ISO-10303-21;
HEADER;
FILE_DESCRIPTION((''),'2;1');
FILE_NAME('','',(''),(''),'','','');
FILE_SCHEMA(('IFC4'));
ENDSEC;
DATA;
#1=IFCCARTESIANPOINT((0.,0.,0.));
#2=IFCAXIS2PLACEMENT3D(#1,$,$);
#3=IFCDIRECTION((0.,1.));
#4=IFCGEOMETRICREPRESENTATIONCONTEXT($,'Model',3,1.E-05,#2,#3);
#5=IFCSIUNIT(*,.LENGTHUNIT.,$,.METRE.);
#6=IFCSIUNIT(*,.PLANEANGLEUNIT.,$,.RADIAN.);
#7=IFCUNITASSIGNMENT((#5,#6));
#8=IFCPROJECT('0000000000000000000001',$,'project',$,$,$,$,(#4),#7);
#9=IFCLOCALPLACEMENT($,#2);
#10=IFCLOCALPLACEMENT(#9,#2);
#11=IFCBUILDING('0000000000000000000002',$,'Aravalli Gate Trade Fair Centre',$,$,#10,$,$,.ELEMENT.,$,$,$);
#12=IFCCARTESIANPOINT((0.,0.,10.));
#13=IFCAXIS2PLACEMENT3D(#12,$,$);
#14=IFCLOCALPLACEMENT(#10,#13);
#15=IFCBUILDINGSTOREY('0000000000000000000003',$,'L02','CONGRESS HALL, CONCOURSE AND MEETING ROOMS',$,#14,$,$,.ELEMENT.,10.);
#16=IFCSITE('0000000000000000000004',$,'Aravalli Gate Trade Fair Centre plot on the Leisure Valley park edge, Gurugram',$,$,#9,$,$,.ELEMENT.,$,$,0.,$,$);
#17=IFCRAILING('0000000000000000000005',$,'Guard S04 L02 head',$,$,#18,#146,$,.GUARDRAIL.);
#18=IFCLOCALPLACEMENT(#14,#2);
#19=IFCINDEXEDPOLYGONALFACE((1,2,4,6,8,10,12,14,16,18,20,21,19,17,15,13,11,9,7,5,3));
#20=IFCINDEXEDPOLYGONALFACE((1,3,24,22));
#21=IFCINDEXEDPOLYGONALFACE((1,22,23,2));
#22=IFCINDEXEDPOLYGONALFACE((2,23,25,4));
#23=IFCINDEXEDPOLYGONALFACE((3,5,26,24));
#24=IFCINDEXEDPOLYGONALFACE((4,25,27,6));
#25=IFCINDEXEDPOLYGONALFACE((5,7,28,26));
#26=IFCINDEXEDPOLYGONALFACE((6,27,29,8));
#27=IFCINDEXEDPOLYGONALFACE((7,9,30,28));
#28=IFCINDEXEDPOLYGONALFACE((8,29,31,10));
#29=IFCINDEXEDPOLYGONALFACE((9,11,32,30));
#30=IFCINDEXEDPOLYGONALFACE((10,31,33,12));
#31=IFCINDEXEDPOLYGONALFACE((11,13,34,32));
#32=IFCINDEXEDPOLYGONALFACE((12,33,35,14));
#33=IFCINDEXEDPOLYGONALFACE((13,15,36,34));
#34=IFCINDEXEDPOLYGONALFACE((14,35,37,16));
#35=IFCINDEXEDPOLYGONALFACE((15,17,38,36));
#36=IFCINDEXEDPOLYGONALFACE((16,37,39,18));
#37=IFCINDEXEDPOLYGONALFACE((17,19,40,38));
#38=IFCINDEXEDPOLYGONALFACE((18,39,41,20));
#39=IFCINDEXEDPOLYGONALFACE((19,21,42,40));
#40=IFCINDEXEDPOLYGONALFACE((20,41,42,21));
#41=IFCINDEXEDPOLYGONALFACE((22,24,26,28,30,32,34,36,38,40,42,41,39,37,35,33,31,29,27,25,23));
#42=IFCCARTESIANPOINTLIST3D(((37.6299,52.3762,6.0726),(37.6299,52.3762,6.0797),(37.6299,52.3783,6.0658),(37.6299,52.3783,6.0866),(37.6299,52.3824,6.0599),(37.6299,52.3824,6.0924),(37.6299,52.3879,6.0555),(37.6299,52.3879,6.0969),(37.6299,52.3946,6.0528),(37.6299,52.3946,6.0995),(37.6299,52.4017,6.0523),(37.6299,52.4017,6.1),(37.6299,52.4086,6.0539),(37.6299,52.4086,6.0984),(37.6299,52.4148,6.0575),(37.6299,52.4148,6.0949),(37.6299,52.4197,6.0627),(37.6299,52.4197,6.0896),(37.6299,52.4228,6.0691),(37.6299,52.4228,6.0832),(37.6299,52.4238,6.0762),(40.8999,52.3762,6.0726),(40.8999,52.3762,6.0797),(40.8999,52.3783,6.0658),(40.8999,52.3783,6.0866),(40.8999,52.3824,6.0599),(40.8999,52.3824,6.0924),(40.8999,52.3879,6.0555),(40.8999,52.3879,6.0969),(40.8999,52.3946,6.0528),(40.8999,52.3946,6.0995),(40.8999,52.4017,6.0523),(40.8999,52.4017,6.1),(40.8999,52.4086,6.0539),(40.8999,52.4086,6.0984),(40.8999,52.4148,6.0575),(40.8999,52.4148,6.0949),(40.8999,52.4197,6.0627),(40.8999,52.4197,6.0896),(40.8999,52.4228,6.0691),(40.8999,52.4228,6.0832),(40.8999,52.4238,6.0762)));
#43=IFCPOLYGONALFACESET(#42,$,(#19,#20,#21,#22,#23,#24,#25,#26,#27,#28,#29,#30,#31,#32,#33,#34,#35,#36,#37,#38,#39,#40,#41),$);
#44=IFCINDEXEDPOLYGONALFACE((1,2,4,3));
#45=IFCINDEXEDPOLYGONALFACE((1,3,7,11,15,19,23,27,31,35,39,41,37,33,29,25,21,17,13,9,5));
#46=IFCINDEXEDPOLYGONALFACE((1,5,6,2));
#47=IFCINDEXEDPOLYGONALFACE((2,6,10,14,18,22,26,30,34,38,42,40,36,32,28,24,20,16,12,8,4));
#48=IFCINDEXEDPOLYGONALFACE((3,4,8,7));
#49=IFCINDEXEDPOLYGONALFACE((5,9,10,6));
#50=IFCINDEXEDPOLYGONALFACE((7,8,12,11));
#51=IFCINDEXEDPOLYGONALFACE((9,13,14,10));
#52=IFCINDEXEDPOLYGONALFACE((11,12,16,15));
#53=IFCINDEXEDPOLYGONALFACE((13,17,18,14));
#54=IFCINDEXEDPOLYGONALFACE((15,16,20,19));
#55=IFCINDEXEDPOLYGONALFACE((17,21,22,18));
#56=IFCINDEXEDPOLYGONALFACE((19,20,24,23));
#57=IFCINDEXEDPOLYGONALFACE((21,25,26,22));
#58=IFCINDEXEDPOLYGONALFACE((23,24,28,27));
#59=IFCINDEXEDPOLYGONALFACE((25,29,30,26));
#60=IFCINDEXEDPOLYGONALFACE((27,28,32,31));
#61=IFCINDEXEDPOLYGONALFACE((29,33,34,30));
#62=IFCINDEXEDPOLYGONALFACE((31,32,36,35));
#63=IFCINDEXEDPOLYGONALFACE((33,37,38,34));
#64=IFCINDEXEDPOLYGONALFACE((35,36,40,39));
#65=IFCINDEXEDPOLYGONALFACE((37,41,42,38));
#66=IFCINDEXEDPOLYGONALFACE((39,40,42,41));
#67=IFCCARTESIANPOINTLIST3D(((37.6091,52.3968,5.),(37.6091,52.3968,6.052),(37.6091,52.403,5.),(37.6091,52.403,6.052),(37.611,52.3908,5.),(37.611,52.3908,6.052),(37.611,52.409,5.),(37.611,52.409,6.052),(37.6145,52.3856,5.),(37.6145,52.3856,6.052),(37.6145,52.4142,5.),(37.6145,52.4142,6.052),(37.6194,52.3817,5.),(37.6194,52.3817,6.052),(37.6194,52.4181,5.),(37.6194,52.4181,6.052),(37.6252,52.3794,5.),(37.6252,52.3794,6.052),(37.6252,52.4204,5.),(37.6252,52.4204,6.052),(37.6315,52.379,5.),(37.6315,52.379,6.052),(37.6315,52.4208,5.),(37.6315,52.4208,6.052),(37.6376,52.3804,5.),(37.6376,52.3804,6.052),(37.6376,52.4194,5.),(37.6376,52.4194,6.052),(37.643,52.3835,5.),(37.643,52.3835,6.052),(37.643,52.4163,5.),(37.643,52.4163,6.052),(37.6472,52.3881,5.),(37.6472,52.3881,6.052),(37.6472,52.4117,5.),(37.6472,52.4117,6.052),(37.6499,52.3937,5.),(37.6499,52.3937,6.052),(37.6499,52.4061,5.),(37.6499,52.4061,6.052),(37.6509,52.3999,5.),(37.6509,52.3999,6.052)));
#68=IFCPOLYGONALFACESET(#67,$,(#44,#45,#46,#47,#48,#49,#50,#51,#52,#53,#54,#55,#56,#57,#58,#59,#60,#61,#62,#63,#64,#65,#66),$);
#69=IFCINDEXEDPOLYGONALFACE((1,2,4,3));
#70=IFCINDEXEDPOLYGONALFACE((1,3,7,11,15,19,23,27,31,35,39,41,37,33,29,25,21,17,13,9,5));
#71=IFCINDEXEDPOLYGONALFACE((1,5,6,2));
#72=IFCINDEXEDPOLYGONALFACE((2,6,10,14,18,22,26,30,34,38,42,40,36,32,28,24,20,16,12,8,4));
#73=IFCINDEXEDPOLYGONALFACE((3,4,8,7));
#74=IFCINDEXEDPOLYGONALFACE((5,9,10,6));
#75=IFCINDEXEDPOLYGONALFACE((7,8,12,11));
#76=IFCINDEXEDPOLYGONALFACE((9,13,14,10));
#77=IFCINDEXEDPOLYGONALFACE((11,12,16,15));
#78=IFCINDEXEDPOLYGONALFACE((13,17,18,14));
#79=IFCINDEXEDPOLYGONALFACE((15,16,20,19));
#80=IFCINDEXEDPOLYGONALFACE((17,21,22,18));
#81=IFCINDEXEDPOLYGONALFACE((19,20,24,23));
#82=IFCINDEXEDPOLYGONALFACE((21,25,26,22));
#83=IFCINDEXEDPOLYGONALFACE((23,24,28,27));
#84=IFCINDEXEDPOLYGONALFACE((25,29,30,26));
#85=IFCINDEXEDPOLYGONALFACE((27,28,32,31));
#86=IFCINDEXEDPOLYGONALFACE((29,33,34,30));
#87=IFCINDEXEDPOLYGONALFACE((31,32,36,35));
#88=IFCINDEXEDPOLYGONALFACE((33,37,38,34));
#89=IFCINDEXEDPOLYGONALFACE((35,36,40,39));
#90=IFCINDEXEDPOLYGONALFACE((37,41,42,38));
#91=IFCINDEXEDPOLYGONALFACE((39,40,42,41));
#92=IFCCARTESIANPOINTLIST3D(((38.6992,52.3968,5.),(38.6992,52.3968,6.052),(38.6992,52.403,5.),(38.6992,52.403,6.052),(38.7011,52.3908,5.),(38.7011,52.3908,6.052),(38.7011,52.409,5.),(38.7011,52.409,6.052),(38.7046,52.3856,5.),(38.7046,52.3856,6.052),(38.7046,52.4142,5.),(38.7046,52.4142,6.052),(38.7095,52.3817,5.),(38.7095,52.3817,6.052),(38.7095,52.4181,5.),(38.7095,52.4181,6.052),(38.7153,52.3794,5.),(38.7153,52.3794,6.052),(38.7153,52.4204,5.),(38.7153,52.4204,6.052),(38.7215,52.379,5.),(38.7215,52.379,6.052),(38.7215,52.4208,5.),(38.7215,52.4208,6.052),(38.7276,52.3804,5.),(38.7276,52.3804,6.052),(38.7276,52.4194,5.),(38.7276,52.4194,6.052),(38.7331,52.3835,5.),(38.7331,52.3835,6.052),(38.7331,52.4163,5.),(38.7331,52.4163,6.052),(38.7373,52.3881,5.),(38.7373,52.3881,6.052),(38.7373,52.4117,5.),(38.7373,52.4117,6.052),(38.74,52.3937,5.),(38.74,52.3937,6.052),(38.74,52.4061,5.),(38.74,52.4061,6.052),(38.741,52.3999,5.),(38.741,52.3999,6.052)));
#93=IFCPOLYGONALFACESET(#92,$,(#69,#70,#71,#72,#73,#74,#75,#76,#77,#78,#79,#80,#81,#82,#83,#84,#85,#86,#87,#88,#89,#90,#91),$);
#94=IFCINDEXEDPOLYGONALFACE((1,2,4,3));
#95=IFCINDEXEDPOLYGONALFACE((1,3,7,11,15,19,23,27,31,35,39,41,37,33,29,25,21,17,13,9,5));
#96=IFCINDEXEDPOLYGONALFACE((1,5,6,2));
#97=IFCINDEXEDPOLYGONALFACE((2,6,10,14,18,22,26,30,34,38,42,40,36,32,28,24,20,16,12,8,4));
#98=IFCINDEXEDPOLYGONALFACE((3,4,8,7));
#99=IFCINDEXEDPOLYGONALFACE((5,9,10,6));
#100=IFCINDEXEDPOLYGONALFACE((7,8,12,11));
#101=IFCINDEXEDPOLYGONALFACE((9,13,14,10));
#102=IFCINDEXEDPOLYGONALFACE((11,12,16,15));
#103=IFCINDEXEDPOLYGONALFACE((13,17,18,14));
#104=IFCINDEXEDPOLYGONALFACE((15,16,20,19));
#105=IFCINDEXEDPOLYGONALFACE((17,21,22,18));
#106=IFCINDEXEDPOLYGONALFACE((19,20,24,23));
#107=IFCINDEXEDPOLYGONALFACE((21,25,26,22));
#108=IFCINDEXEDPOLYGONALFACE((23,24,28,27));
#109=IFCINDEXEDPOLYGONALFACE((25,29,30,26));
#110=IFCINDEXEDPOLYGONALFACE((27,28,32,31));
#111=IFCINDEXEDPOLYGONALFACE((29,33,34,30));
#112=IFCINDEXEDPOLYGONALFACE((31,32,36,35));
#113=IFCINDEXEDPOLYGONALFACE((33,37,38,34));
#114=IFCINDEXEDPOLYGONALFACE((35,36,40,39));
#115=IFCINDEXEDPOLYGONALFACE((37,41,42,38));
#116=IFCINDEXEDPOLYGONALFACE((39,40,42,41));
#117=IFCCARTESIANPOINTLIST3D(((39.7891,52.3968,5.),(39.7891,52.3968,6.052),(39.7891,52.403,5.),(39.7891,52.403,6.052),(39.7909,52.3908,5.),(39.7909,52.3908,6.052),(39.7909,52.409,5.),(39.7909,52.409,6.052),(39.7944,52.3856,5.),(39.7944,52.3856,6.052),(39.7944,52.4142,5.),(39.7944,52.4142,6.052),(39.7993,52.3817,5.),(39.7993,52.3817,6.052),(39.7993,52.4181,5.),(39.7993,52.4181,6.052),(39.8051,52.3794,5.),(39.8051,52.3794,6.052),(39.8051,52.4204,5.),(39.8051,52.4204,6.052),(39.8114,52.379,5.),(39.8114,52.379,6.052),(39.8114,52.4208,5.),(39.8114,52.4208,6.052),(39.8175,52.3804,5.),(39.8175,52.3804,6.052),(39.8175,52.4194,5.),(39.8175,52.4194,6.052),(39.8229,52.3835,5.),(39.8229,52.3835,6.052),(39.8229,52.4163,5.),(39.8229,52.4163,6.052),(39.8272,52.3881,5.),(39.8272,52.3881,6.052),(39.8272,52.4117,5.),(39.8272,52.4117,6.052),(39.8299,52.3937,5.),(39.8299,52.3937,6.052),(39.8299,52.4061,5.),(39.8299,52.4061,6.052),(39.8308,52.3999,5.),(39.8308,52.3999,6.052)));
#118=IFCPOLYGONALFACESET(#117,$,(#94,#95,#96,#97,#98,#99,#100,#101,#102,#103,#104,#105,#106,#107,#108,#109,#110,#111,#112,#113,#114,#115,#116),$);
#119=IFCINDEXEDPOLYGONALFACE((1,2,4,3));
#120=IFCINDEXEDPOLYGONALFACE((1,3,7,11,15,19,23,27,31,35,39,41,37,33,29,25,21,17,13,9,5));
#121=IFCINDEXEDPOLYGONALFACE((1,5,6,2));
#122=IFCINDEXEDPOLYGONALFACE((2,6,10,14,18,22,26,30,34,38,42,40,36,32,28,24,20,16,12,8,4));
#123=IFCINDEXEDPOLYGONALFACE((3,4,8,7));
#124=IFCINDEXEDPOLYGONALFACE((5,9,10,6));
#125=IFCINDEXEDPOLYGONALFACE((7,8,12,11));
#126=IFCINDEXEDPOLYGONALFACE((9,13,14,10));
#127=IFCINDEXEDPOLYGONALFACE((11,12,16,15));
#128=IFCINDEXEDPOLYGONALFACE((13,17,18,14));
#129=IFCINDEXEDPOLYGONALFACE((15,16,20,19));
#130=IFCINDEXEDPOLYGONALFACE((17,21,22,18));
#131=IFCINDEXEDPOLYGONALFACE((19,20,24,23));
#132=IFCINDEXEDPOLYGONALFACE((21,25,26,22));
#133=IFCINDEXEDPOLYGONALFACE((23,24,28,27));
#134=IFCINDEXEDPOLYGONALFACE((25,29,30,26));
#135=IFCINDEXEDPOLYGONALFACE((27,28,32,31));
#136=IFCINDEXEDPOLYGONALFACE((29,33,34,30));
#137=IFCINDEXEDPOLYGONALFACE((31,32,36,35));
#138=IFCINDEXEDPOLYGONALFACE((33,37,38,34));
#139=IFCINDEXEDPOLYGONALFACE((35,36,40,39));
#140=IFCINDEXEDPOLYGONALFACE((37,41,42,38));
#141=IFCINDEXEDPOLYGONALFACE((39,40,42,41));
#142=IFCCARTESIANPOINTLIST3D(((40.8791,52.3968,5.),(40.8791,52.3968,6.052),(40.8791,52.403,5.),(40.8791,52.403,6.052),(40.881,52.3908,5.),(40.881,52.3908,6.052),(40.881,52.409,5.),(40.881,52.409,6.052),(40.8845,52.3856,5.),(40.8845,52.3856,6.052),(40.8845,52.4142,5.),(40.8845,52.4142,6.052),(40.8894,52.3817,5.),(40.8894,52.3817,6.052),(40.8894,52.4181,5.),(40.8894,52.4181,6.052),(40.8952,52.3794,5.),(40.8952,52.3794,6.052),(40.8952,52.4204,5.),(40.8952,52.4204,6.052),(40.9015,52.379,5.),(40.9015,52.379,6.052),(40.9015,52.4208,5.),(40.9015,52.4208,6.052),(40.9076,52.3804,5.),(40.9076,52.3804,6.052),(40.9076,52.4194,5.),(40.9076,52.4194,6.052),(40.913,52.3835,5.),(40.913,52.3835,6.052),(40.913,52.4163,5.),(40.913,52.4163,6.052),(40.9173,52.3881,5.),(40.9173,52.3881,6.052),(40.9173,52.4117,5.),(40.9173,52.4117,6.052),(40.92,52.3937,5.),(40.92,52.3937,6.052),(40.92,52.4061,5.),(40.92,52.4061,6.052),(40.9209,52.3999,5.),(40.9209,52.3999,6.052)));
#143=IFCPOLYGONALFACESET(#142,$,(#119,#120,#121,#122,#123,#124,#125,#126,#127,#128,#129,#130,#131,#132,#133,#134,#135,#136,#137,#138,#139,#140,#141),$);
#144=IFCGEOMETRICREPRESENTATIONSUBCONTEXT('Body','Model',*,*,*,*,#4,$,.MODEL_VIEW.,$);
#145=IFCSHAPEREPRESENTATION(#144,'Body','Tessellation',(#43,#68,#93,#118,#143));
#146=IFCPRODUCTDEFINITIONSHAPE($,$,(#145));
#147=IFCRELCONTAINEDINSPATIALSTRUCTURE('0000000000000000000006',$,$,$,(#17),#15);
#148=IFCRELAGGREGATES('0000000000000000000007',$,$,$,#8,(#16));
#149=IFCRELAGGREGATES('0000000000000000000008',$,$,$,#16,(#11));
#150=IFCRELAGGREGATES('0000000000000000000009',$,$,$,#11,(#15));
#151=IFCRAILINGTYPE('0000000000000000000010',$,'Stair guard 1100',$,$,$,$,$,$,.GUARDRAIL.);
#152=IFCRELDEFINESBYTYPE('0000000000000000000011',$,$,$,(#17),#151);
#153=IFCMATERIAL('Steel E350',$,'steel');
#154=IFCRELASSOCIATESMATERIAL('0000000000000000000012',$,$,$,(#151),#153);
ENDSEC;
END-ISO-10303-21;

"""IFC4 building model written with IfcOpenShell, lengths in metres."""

from ifc_helpers import new_model, si_unit, direction, frame, origin, origin_2d, place, context, subcontext, project, spatial, circle, extrude, material, type_object, element, save


model = new_model("IFC4")

# Units and contexts
model_context = context("Model", 3, precision=1e-05, world=origin(), true_north=direction((0.0, 1.0)))
body_context = subcontext(model_context, "Body", "Model", "MODEL_VIEW")
ifc_project = project(units=[si_unit("LENGTHUNIT", "METRE"), si_unit("PLANEANGLEUNIT", "RADIAN")], contexts=[model_context])

# Site, building, storey
site_placement = place(None, origin())
site = spatial("IfcSite", under=ifc_project, at=site_placement, Name="Aravalli Gate Trade Fair Centre plot on the Leisure Valley park edge, Gurugram", CompositionType="ELEMENT", RefElevation=0.0)
building_placement = place(site_placement, origin())
building = spatial("IfcBuilding", under=site, at=building_placement, Name="Aravalli Gate Trade Fair Centre", CompositionType="ELEMENT")
storey_placement = place(building_placement, frame((0.0, 0.0, 10.0)))
storey = spatial("IfcBuildingStorey", under=building, at=storey_placement, Name="L02", Description="CONGRESS HALL, CONCOURSE AND MEETING ROOMS", CompositionType="ELEMENT", Elevation=10.0)

# Shared definitions
ifc_material_1 = material(Name="Steel E350", Category="steel")

# Railing
railing_type_1 = type_object("IfcRailingType", Name="Stair guard 1100", PredefinedType="GUARDRAIL", material=ifc_material_1)
railing_placement = place(storey_placement, frame((37.6299, 52.3999, 5.0)))
element("IfcRailing", 1, at=railing_placement, inside=storey, type_object=railing_type_1, Name="Guard S04 L02 head", PredefinedType="GUARDRAIL", context=body_context, shape_type="SweptSolid", body=[
    extrude(circle(Radius=0.0239, at=origin_2d()), frame((0.0, 0.0, 1.0762), z_axis=(1.0, 0.0, 0.0), x_axis=(0.0, 1.0, 0.0)), (0.0, 0.0, 1.0), 3.27),
    extrude(circle(Radius=0.021, at=origin_2d()), origin(), (0.0, 0.0, 1.0), 1.052),
    extrude(circle(Radius=0.021, at=origin_2d()), frame((1.0901, 0.0, 0.0)), (0.0, 0.0, 1.0), 1.052),
    extrude(circle(Radius=0.021, at=origin_2d()), frame((2.1799, 0.0, 0.0)), (0.0, 0.0, 1.0), 1.052),
    extrude(circle(Radius=0.021, at=origin_2d()), frame((3.27, 0.0, 0.0)), (0.0, 0.0, 1.0), 1.052),
])

save(model, "model.ifc")
